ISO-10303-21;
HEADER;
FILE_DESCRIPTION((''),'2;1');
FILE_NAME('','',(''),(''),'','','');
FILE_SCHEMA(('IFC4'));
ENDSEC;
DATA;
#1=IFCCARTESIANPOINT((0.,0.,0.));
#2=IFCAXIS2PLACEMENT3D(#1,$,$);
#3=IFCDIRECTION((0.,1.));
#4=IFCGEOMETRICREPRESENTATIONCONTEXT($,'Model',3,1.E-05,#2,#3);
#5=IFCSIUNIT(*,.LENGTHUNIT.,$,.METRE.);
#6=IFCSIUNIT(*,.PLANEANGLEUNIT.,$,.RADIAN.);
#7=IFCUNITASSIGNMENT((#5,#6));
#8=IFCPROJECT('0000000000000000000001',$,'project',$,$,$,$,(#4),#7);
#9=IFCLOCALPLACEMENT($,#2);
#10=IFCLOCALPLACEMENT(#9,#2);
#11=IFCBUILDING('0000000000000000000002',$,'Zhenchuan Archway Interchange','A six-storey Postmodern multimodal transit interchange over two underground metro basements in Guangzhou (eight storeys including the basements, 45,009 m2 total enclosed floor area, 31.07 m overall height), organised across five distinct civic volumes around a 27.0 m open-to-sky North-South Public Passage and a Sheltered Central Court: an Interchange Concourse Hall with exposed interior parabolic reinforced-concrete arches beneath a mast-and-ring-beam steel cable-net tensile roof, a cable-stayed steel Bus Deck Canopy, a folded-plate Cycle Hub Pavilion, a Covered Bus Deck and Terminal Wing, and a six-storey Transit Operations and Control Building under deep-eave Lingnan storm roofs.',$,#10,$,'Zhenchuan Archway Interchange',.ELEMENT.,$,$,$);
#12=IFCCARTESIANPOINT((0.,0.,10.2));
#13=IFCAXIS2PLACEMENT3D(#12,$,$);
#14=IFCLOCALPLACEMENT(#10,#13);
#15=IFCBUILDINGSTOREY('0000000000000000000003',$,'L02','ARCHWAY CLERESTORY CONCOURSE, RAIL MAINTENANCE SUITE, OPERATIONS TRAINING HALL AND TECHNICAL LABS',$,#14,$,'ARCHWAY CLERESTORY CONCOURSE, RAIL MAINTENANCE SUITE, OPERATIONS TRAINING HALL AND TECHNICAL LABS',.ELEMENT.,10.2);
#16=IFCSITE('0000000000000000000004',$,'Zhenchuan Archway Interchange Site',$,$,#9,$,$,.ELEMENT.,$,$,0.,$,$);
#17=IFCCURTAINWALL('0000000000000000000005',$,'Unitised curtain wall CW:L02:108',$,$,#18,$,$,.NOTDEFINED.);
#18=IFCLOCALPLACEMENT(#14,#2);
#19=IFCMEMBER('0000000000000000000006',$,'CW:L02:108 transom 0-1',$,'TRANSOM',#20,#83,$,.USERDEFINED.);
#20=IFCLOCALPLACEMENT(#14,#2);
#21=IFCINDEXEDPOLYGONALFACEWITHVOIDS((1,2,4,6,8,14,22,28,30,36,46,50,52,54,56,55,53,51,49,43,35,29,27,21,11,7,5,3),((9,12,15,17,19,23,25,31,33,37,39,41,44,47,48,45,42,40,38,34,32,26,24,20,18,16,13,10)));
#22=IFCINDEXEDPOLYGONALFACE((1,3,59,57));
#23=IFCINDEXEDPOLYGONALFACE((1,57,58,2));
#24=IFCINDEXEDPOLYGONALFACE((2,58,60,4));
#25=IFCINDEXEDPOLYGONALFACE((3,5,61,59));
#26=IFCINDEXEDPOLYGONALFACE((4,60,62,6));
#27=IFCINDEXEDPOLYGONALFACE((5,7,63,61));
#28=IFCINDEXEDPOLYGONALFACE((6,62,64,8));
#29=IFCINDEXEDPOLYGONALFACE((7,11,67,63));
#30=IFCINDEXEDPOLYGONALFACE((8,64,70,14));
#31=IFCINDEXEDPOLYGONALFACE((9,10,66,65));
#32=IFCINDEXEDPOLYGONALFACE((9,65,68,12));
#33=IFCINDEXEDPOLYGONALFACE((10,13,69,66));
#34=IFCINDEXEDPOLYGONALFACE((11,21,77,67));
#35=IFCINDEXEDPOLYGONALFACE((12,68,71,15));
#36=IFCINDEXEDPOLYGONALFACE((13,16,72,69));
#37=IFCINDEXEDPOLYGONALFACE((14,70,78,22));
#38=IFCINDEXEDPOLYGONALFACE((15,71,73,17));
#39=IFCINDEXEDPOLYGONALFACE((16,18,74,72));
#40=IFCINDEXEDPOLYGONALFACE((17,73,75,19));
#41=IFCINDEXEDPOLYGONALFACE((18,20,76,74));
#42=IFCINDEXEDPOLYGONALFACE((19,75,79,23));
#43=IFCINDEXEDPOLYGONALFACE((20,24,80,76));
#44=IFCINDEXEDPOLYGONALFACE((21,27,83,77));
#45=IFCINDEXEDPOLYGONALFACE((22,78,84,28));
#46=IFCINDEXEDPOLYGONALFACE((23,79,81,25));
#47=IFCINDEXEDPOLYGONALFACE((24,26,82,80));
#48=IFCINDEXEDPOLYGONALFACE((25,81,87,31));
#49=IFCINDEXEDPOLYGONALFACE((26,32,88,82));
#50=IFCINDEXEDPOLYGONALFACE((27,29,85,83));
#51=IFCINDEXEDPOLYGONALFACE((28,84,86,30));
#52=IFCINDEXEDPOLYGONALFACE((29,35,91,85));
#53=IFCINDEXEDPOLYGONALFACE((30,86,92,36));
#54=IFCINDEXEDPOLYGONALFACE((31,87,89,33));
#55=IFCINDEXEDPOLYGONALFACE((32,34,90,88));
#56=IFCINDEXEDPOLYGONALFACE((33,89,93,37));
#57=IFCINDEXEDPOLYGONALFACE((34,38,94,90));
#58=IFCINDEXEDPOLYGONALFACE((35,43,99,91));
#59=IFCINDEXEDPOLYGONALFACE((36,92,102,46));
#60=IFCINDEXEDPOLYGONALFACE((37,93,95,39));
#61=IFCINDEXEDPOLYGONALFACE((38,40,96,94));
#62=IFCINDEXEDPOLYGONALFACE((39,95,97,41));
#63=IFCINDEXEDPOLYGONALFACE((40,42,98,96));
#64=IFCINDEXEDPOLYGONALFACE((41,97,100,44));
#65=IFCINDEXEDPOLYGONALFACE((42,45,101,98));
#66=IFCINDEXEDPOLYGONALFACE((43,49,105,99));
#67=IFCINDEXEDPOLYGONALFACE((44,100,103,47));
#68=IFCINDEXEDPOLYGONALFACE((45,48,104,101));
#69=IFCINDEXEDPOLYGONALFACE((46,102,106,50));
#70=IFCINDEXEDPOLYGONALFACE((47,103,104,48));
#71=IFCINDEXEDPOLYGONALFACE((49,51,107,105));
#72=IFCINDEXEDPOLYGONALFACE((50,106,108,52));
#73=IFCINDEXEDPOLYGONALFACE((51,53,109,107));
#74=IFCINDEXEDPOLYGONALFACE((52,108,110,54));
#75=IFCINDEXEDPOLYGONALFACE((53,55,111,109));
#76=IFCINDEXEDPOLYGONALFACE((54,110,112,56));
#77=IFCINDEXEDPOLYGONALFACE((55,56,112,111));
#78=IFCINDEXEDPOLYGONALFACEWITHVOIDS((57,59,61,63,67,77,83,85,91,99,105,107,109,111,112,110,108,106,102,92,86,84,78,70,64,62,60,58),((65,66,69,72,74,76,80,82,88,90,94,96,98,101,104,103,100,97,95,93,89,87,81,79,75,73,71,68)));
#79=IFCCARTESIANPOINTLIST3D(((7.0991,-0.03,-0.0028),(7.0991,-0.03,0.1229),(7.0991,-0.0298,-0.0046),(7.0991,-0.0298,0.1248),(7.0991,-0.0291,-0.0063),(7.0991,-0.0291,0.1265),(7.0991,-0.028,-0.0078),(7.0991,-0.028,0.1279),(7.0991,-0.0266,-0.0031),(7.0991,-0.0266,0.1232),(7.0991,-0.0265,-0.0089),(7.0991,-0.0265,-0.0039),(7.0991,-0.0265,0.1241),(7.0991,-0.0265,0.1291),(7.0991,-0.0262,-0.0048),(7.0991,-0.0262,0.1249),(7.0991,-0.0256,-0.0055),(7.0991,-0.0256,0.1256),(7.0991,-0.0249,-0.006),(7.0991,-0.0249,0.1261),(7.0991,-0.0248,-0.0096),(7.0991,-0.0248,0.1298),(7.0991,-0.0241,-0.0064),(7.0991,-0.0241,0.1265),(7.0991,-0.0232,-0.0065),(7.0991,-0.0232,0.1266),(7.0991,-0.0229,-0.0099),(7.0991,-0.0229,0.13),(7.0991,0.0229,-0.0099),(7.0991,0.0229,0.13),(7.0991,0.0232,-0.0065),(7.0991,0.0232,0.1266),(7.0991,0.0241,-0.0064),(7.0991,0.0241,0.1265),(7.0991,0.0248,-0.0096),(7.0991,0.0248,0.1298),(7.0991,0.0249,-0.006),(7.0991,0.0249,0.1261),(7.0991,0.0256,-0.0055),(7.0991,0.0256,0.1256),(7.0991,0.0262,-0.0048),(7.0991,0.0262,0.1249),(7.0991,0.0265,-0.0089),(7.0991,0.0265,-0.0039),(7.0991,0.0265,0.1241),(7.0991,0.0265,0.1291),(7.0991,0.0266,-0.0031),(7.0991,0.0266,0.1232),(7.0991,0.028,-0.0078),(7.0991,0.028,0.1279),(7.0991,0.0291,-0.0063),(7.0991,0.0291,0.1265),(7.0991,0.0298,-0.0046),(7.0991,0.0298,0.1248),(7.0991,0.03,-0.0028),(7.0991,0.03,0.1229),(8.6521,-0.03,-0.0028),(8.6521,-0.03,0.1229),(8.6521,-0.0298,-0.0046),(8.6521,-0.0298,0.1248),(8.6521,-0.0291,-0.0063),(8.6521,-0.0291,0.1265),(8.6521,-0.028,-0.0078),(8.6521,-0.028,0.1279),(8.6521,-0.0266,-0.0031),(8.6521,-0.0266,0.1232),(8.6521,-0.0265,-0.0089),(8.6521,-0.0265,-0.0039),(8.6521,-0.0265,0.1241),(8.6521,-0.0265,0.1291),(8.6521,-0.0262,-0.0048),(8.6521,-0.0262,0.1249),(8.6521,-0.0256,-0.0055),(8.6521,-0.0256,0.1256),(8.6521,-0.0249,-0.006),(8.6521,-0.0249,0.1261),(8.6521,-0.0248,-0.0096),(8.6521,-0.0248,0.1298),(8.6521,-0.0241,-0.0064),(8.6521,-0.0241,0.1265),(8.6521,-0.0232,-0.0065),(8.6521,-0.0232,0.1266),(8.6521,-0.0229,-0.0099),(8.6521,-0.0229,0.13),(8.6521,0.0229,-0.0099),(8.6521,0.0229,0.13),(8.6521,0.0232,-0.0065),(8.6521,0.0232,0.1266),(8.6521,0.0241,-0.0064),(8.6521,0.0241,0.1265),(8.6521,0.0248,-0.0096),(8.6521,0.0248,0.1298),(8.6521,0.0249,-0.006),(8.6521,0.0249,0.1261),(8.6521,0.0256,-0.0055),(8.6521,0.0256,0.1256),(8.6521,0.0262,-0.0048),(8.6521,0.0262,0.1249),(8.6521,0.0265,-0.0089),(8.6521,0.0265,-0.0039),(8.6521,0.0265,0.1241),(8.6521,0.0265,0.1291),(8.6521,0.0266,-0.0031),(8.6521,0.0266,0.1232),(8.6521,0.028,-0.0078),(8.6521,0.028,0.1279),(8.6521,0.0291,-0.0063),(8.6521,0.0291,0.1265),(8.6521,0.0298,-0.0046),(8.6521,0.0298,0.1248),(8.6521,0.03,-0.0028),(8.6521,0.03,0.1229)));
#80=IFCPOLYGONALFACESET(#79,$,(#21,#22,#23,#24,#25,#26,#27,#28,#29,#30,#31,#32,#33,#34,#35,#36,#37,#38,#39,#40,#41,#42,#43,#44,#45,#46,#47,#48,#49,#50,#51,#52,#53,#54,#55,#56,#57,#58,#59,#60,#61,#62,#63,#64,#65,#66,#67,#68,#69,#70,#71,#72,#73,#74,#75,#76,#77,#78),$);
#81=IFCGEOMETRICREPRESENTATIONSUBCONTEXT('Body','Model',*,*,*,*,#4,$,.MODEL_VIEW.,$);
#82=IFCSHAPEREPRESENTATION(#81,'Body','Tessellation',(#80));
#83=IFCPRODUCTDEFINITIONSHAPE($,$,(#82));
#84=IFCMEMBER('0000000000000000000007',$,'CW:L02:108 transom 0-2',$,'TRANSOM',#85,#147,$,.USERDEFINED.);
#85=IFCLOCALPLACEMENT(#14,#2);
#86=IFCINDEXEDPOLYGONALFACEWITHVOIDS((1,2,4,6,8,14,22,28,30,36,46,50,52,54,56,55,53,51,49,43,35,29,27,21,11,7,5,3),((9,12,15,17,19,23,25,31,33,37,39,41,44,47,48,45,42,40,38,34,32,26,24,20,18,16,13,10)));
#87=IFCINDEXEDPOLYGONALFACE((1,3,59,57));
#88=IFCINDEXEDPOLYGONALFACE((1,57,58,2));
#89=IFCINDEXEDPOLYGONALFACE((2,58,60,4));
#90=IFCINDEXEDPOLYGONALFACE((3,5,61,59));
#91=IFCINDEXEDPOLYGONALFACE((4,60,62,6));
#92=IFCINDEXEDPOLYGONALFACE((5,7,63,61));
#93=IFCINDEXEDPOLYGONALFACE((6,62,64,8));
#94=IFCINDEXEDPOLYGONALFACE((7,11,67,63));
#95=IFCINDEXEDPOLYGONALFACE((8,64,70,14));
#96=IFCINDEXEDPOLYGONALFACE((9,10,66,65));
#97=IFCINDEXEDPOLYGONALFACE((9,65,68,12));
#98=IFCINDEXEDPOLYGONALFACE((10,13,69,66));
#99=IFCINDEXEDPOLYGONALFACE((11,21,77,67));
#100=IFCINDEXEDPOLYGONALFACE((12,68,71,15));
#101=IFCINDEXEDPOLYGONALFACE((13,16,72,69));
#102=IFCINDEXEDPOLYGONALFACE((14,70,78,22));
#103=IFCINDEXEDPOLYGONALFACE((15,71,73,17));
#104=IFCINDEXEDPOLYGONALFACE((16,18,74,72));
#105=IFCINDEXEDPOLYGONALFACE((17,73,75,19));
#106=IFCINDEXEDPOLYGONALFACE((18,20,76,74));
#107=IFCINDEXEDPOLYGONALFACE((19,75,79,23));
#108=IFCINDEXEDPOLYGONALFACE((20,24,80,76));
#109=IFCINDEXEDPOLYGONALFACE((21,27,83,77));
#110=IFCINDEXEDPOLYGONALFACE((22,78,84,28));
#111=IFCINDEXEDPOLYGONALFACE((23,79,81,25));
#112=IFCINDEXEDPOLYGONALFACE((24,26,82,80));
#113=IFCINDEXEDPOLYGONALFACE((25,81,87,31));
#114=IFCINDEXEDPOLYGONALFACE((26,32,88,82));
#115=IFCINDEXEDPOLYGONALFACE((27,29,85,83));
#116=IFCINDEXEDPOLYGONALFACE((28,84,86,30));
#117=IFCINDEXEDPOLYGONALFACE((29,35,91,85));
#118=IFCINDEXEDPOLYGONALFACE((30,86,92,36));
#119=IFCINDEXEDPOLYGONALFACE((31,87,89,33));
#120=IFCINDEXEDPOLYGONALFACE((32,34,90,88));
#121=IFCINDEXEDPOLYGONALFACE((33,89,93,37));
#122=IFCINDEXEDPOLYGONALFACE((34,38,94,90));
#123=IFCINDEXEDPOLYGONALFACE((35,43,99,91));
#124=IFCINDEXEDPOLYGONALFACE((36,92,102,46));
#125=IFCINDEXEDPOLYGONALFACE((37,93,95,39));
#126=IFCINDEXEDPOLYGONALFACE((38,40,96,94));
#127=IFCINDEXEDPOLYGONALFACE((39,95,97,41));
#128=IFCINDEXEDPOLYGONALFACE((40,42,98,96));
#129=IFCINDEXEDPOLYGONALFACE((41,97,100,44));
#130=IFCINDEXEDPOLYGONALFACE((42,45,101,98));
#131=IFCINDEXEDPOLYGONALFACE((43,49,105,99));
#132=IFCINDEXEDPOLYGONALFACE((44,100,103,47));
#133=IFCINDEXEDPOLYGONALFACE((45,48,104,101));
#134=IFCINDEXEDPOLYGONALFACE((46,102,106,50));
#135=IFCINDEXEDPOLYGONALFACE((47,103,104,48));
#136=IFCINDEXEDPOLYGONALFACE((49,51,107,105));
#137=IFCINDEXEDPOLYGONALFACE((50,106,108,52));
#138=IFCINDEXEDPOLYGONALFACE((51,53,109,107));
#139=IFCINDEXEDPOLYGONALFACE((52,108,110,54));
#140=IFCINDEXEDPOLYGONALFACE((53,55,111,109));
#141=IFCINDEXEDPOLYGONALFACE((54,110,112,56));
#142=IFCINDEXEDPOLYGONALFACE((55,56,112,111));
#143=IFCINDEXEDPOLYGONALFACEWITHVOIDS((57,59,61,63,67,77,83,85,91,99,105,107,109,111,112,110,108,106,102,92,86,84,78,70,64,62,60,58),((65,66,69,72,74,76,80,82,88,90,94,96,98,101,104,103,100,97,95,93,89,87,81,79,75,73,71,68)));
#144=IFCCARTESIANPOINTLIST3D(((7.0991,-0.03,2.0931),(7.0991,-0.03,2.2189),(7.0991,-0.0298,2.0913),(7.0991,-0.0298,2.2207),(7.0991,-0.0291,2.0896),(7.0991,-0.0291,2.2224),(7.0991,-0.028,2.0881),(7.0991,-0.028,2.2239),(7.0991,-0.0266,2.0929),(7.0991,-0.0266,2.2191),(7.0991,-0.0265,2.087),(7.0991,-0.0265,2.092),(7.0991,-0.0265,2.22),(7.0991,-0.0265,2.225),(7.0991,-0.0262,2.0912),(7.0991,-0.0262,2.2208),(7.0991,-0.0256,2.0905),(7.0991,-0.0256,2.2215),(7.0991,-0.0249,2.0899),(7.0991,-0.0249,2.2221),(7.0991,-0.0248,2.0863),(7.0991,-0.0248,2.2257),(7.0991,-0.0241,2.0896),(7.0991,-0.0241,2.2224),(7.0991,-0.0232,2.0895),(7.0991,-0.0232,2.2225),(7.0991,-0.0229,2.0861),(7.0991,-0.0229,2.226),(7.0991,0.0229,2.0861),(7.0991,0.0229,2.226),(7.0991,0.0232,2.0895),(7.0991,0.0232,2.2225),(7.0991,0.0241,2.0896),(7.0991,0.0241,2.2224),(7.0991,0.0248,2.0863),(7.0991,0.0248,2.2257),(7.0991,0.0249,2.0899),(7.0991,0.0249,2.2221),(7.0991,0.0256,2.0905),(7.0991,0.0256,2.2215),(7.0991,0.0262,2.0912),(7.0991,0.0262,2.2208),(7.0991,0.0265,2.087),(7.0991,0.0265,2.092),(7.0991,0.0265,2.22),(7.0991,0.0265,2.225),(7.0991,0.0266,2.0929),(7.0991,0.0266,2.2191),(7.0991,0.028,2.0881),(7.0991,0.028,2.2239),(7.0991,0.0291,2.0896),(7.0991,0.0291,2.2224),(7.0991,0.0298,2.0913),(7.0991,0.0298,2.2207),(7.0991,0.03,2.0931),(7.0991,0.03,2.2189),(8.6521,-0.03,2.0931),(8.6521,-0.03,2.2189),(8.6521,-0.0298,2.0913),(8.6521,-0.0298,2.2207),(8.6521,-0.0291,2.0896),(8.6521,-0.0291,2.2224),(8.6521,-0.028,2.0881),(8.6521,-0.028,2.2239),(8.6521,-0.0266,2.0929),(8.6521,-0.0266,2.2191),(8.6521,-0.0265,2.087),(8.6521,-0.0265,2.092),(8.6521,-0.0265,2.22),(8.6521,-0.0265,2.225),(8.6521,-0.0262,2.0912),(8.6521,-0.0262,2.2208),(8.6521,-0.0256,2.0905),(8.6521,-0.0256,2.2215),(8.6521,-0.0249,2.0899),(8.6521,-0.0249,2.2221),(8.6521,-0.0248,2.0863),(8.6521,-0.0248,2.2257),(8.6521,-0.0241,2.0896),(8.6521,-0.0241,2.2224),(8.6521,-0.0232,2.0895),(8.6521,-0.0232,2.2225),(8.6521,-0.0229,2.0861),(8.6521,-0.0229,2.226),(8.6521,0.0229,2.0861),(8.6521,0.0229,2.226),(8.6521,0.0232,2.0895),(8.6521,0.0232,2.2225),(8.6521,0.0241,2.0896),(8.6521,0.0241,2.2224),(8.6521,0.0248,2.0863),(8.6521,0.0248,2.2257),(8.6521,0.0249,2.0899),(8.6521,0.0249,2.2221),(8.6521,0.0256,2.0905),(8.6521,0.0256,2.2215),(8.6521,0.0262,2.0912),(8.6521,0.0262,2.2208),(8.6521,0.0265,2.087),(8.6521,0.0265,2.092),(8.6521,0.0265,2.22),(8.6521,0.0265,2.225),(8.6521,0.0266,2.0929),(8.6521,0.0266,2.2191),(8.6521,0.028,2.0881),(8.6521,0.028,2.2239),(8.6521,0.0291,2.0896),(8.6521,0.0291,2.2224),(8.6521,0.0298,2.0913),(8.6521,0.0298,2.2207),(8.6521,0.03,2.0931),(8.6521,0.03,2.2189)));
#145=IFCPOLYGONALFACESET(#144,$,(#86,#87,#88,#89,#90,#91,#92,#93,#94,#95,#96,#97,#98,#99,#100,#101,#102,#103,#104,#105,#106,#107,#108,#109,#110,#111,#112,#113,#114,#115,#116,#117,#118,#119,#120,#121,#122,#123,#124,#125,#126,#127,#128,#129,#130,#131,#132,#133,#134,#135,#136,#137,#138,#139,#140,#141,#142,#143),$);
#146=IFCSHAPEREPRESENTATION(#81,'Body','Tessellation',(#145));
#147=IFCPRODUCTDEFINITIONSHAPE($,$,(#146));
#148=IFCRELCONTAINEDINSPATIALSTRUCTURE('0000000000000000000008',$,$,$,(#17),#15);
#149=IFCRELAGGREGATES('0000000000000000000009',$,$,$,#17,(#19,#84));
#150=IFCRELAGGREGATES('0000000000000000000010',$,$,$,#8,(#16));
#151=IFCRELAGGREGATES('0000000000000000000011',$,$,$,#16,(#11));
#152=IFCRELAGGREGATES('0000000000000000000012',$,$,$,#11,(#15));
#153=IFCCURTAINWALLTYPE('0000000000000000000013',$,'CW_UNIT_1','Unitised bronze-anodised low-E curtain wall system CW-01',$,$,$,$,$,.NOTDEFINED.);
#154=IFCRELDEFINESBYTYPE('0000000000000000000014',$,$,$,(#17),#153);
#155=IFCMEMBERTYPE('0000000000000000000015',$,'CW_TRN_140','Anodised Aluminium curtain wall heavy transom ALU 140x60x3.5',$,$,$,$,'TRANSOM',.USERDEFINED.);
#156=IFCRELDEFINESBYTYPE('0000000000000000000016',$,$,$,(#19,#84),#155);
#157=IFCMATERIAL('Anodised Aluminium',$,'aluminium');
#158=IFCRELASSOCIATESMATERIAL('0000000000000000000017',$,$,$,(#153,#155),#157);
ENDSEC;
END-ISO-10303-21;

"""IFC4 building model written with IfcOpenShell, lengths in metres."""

from ifc_helpers import new_model, si_unit, direction, frame, origin, origin_2d, place, context, subcontext, project, spatial, hollow_rectangle, extrude, material, material_profile, profile_set, type_object, element, aggregate, save


model = new_model("IFC4")

# Units and contexts
model_context = context("Model", 3, precision=1e-05, world=origin(), true_north=direction((0.0, 1.0)))
body_context = subcontext(model_context, "Body", "Model", "MODEL_VIEW")
ifc_project = project(units=[si_unit("LENGTHUNIT", "METRE"), si_unit("PLANEANGLEUNIT", "RADIAN")], contexts=[model_context])

# Site, building, storey
site_placement = place(None, origin())
site = spatial("IfcSite", under=ifc_project, at=site_placement, Name="Zhenchuan Archway Interchange Site", CompositionType="ELEMENT", RefElevation=0.0)
building_placement = place(site_placement, origin())
building = spatial("IfcBuilding", under=site, at=building_placement, Name="Zhenchuan Archway Interchange", Description="A six-storey Postmodern multimodal transit interchange over two underground metro basements in Guangzhou (eight storeys including the basements, 45,009 m2 total enclosed floor area, 31.07 m overall height), organised across five distinct civic volumes around a 27.0 m open-to-sky North-South Public Passage and a Sheltered Central Court: an Interchange Concourse Hall with exposed interior parabolic reinforced-concrete arches beneath a mast-and-ring-beam steel cable-net tensile roof, a cable-stayed steel Bus Deck Canopy, a folded-plate Cycle Hub Pavilion, a Covered Bus Deck and Terminal Wing, and a six-storey Transit Operations and Control Building under deep-eave Lingnan storm roofs.", LongName="Zhenchuan Archway Interchange", CompositionType="ELEMENT")
storey_placement = place(building_placement, frame((0.0, 0.0, 10.2)))
storey = spatial("IfcBuildingStorey", under=building, at=storey_placement, Name="L02", Description="ARCHWAY CLERESTORY CONCOURSE, RAIL MAINTENANCE SUITE, OPERATIONS TRAINING HALL AND TECHNICAL LABS", LongName="ARCHWAY CLERESTORY CONCOURSE, RAIL MAINTENANCE SUITE, OPERATIONS TRAINING HALL AND TECHNICAL LABS", CompositionType="ELEMENT", Elevation=10.2)

# Shared definitions
ifc_material_1 = material(Name="Anodised Aluminium", Category="aluminium")

# Curtain wall
curtain_wall_type_1 = type_object("IfcCurtainWallType", Name="CW_UNIT_1", Description="Unitised bronze-anodised low-E curtain wall system CW-01", PredefinedType="NOTDEFINED", material=ifc_material_1)
curtain_wall_1_placement = place(storey_placement, origin())
curtain_wall_1 = element("IfcCurtainWall", 1, at=curtain_wall_1_placement, inside=storey, type_object=curtain_wall_type_1, Name="Unitised curtain wall CW:L02:108", PredefinedType="NOTDEFINED")

# Members
ifc_material_profile_1 = material_profile(ifc_material_1, hollow_rectangle(XDim=0.0601, YDim=0.1399, WallThickness=0.0034, InnerFilletRadius=0.0034, OuterFilletRadius=0.0071, at=origin_2d()), Name="ALU 140x60x3.5")
ifc_profile_set_1 = profile_set([ifc_material_profile_1], Name="Anodised Aluminium")
member_type_1 = type_object("IfcMemberType", Name="CW_TRN_140", Description="Anodised Aluminium curtain wall heavy transom ALU 140x60x3.5", ElementType="TRANSOM", PredefinedType="USERDEFINED", material=ifc_profile_set_1)
member_1_placement = place(storey_placement, frame((8.6521, 0.0, 0.0601), z_axis=(-1.0, 0.0, 0.0), x_axis=(0.0, -1.0, 0.0)))
member_1 = element("IfcMember", 2, at=member_1_placement, type_object=member_type_1, Name="CW:L02:108 transom 0-1", ObjectType="TRANSOM", PredefinedType="USERDEFINED", context=body_context, shape_type="SweptSolid", body=[
    extrude(hollow_rectangle(XDim=0.0601, YDim=0.1399, WallThickness=0.0034, InnerFilletRadius=0.0034, OuterFilletRadius=0.0071, at=origin_2d()), origin(), (0.0, 0.0, 1.0), 1.553),
])
member_2_placement = place(storey_placement, frame((8.6521, 0.0, 2.156), z_axis=(-1.0, 0.0, 0.0), x_axis=(0.0, -1.0, 0.0)))
member_2 = element("IfcMember", 3, at=member_2_placement, type_object=member_type_1, Name="CW:L02:108 transom 0-2", ObjectType="TRANSOM", PredefinedType="USERDEFINED", context=body_context, shape_type="SweptSolid", body=[
    extrude(hollow_rectangle(XDim=0.0601, YDim=0.1399, WallThickness=0.0034, InnerFilletRadius=0.0034, OuterFilletRadius=0.0071, at=origin_2d()), origin(), (0.0, 0.0, 1.0), 1.553),
])
aggregate(curtain_wall_1, [member_1, member_2])

save(model, "model.ifc")
